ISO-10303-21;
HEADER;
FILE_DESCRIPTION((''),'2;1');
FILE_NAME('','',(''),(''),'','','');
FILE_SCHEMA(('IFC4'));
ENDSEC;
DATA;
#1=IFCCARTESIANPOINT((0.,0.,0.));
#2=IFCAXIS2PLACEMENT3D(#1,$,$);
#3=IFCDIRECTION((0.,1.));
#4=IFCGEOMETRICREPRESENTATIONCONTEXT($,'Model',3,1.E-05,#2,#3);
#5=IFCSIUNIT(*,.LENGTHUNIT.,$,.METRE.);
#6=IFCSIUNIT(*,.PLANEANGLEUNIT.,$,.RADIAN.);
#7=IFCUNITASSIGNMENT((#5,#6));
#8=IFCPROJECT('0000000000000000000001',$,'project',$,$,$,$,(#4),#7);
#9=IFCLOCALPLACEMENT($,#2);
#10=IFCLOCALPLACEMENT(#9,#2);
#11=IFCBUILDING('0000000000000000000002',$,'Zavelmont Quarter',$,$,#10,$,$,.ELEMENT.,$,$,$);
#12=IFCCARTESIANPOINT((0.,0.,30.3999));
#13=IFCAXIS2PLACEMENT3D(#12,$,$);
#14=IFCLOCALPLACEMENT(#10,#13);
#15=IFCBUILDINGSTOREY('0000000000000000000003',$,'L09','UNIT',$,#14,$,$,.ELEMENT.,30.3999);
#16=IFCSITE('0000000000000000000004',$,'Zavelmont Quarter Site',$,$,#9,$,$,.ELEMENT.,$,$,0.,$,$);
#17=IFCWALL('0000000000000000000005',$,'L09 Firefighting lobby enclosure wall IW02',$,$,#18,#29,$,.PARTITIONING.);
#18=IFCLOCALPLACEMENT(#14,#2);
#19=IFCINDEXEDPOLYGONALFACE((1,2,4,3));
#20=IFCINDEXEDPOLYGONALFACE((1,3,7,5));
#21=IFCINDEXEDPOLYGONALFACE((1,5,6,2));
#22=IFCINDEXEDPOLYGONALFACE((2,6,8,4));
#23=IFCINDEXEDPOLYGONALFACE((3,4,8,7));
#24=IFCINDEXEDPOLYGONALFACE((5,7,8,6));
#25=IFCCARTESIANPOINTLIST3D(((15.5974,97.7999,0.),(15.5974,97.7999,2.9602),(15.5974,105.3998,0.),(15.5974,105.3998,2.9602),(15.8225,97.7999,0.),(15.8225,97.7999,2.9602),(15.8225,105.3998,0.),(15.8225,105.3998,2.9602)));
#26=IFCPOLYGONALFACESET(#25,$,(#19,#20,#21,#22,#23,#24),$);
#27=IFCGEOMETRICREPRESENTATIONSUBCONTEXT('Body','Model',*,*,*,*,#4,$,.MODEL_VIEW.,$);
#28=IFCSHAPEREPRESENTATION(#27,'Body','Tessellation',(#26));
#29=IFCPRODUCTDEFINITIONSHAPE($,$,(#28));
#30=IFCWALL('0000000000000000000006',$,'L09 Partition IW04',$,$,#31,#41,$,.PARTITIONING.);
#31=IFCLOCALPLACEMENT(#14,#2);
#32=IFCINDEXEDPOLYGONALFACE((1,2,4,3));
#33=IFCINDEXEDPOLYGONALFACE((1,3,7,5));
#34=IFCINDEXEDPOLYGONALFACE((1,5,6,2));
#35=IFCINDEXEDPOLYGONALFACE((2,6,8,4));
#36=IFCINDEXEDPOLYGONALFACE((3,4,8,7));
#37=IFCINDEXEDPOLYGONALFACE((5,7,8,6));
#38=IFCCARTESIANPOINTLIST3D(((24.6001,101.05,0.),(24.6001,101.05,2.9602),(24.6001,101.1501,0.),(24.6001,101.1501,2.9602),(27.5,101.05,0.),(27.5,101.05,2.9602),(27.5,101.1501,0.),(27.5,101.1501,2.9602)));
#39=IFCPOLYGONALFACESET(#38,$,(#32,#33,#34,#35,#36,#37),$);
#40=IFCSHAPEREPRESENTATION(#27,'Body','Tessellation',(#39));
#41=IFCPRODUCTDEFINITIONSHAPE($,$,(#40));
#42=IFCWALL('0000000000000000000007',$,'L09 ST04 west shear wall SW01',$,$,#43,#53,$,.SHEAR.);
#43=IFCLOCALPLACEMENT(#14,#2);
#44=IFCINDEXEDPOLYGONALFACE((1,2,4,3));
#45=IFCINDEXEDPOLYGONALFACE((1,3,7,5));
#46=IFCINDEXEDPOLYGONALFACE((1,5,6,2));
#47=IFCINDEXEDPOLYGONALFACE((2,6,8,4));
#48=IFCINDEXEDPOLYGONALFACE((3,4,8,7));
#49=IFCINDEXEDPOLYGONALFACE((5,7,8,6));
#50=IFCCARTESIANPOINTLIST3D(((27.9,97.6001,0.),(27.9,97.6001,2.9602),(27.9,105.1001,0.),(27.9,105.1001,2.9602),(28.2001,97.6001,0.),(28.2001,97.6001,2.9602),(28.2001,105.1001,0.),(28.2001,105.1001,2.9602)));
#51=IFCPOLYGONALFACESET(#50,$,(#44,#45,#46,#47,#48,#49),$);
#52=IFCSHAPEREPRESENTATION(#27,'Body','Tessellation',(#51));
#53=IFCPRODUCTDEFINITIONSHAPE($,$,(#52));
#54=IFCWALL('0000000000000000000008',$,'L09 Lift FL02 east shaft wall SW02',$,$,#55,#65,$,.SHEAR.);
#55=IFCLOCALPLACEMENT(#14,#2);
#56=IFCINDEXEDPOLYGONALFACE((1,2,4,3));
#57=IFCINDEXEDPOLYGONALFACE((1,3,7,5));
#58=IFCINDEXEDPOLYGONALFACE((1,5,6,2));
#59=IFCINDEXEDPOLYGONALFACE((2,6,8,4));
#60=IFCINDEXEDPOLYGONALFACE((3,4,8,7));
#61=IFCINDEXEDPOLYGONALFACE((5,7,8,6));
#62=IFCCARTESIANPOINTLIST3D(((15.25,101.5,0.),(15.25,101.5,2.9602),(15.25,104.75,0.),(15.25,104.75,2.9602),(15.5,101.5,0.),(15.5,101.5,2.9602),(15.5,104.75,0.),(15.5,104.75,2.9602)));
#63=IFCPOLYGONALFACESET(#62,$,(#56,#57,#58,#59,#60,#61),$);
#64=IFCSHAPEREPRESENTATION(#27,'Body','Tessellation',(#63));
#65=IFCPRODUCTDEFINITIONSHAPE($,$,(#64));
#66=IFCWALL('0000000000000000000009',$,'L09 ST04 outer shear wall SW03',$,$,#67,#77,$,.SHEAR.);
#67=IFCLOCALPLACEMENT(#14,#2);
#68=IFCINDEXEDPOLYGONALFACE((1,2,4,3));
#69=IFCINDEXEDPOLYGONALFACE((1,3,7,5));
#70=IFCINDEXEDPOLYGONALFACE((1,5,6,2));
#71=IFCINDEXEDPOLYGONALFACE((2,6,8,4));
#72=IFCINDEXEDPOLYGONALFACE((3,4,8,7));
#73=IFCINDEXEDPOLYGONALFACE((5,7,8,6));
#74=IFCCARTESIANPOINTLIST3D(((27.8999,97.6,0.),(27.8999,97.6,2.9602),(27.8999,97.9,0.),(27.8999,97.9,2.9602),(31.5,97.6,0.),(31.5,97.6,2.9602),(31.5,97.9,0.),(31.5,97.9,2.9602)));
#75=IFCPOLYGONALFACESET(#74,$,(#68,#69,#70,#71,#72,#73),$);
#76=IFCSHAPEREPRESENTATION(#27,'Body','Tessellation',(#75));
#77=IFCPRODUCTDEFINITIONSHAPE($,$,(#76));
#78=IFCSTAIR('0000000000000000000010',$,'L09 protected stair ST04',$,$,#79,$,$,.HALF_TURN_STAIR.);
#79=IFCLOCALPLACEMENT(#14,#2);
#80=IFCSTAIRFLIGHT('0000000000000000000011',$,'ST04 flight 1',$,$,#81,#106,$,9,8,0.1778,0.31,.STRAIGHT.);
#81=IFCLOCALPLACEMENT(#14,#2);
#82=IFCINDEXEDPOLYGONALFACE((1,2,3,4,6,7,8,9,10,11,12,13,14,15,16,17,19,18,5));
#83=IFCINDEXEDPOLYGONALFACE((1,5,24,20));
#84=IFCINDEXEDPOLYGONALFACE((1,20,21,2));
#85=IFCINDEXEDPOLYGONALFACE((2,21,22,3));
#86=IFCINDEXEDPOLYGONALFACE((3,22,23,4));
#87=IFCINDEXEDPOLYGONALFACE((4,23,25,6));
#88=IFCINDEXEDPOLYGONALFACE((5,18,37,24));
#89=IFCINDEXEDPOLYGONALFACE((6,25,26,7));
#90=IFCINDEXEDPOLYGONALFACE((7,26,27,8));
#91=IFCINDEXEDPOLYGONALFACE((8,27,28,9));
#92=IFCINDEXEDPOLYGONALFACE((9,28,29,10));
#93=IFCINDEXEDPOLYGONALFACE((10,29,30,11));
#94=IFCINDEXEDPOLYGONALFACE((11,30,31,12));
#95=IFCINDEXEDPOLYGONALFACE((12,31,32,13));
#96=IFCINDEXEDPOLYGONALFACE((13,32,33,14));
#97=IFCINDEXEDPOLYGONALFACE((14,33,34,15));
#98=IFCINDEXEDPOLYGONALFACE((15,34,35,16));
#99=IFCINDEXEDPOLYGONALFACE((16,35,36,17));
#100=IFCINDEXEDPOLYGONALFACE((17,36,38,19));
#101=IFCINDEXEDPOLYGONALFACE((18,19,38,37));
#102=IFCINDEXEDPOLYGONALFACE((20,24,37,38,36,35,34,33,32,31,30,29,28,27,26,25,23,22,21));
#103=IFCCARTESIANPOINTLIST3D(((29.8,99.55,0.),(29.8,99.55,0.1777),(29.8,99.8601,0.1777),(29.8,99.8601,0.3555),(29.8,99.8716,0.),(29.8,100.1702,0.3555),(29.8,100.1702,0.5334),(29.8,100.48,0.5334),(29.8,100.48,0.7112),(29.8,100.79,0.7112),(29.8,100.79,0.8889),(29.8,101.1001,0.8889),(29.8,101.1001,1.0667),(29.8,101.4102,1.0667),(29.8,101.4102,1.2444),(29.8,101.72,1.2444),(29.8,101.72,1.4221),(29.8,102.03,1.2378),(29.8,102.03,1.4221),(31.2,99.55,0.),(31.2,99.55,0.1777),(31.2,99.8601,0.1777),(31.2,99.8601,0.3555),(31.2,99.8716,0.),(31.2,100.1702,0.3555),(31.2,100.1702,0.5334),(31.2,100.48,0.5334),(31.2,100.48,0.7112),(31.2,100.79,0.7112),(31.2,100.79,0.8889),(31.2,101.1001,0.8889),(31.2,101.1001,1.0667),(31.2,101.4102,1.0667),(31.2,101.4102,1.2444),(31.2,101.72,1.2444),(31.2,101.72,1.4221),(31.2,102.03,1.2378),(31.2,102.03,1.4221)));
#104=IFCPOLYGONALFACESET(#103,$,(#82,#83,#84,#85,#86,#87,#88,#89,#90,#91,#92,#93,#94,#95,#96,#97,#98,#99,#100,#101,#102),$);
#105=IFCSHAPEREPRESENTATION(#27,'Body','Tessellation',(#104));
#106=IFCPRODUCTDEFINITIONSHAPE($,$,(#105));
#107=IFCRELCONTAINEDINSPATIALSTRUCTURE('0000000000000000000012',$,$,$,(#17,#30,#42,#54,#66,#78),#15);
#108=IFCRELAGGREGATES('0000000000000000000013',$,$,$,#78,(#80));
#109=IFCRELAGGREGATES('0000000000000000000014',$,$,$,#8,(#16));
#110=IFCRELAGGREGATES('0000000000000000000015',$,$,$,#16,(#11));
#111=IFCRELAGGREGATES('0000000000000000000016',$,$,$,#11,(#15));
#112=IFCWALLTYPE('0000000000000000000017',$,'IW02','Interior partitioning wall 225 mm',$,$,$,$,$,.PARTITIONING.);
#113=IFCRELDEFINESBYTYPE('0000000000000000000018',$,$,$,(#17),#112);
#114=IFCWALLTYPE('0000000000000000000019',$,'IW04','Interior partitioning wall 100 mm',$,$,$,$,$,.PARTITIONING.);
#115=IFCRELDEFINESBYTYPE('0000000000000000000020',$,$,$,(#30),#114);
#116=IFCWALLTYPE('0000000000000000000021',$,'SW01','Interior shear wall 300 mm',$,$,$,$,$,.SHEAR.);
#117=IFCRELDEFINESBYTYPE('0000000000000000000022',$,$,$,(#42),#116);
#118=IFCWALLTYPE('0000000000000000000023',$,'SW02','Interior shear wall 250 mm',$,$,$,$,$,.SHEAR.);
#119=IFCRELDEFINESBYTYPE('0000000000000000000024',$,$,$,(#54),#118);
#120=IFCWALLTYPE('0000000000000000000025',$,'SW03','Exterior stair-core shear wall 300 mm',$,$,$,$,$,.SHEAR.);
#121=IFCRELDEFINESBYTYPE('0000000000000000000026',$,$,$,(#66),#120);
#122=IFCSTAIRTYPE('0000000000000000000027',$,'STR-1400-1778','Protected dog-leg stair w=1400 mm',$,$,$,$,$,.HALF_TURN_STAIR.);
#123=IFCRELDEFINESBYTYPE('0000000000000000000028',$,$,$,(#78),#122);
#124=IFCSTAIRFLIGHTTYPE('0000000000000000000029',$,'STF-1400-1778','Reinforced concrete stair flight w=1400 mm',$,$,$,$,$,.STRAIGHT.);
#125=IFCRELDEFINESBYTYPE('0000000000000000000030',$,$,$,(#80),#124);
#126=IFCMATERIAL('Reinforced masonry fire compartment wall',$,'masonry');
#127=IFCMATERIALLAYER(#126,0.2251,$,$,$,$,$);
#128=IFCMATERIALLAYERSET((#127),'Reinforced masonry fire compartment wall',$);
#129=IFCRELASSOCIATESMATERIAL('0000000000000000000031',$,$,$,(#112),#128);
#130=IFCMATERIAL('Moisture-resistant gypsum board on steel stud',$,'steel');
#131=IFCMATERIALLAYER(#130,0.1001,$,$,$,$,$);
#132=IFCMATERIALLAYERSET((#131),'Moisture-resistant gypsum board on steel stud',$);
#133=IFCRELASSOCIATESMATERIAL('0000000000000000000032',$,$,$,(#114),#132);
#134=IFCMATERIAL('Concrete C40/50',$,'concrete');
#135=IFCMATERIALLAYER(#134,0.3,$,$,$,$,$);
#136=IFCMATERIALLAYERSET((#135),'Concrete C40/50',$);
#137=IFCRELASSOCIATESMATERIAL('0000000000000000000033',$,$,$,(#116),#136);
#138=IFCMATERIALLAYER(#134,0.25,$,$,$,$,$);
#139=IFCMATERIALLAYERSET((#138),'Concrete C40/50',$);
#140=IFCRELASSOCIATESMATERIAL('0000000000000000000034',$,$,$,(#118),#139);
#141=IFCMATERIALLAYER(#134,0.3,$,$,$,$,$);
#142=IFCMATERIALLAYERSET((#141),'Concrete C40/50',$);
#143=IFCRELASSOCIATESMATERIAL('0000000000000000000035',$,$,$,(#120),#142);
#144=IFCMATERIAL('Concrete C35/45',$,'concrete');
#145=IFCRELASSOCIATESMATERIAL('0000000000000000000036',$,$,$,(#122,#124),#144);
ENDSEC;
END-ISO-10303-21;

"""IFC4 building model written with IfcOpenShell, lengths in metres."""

from ifc_helpers import new_model, si_unit, direction, frame, frame_2d, origin, place, context, subcontext, project, spatial, polyline, rectangle, outline, extrude, material, layer, layer_set, type_object, element, aggregate, save


model = new_model("IFC4")

# Units and contexts
model_context = context("Model", 3, precision=1e-05, world=origin(), true_north=direction((0.0, 1.0)))
body_context = subcontext(model_context, "Body", "Model", "MODEL_VIEW")
ifc_project = project(units=[si_unit("LENGTHUNIT", "METRE"), si_unit("PLANEANGLEUNIT", "RADIAN")], contexts=[model_context])

# Site, building, storey
site_placement = place(None, origin())
site = spatial("IfcSite", under=ifc_project, at=site_placement, Name="Zavelmont Quarter Site", CompositionType="ELEMENT", RefElevation=0.0)
building_placement = place(site_placement, origin())
building = spatial("IfcBuilding", under=site, at=building_placement, Name="Zavelmont Quarter", CompositionType="ELEMENT")
storey_placement = place(building_placement, frame((0.0, 0.0, 30.3999)))
storey = spatial("IfcBuildingStorey", under=building, at=storey_placement, Name="L09", Description="UNIT", CompositionType="ELEMENT", Elevation=30.3999)

# Shared definitions
ifc_material_1 = material(Name="Concrete C35/45", Category="concrete")

# Wall
ifc_material_2 = material(Name="Reinforced masonry fire compartment wall", Category="masonry")
ifc_layer_1 = layer(ifc_material_2, 0.2251)
ifc_layer_set_1 = layer_set([ifc_layer_1], Name="Reinforced masonry fire compartment wall")
wall_type_1 = type_object("IfcWallType", Name="IW02", Description="Interior partitioning wall 225 mm", PredefinedType="PARTITIONING", material=ifc_layer_set_1)
wall_1_placement = place(storey_placement, frame((15.71, 97.8, 0.0), z_axis=(0.0, 0.0, 1.0), x_axis=(0.0, 1.0, 0.0)))
element("IfcWall", 1, at=wall_1_placement, inside=storey, type_object=wall_type_1, Name="L09 Firefighting lobby enclosure wall IW02", PredefinedType="PARTITIONING", context=body_context, shape_type="SweptSolid", body=[
    extrude(rectangle(XDim=7.5999, YDim=0.2251, at=frame_2d((3.7998, 0.0))), origin(), (0.0, 0.0, 1.0), 2.9602),
])

# Walls
ifc_material_3 = material(Name="Moisture-resistant gypsum board on steel stud", Category="steel")
ifc_layer_2 = layer(ifc_material_3, 0.1001)
ifc_layer_set_2 = layer_set([ifc_layer_2], Name="Moisture-resistant gypsum board on steel stud")
wall_type_2 = type_object("IfcWallType", Name="IW04", Description="Interior partitioning wall 100 mm", PredefinedType="PARTITIONING", material=ifc_layer_set_2)
wall_2_placement = place(storey_placement, frame((24.6001, 101.1001, 0.0), z_axis=(0.0, 0.0, 1.0), x_axis=(1.0, 0.0, 0.0)))
element("IfcWall", 2, at=wall_2_placement, inside=storey, type_object=wall_type_2, Name="L09 Partition IW04", PredefinedType="PARTITIONING", context=body_context, shape_type="SweptSolid", body=[
    extrude(rectangle(XDim=2.8999, YDim=0.1001, at=frame_2d((1.45, 0.0))), origin(), (0.0, 0.0, 1.0), 2.9602),
])
ifc_material_4 = material(Name="Concrete C40/50", Category="concrete")
ifc_layer_3 = layer(ifc_material_4, 0.3)
ifc_layer_set_3 = layer_set([ifc_layer_3], Name="Concrete C40/50")
wall_type_3 = type_object("IfcWallType", Name="SW01", Description="Interior shear wall 300 mm", PredefinedType="SHEAR", material=ifc_layer_set_3)
wall_3_placement = place(storey_placement, frame((28.05, 97.6001, 0.0), z_axis=(0.0, 0.0, 1.0), x_axis=(0.0, 1.0, 0.0)))
element("IfcWall", 3, at=wall_3_placement, inside=storey, type_object=wall_type_3, Name="L09 ST04 west shear wall SW01", PredefinedType="SHEAR", context=body_context, shape_type="SweptSolid", body=[
    extrude(rectangle(XDim=7.5, YDim=0.3, at=frame_2d((3.75, 0.0))), origin(), (0.0, 0.0, 1.0), 2.9602),
])

# Walls
ifc_layer_4 = layer(ifc_material_4, 0.25)
ifc_layer_set_4 = layer_set([ifc_layer_4], Name="Concrete C40/50")
wall_type_4 = type_object("IfcWallType", Name="SW02", Description="Interior shear wall 250 mm", PredefinedType="SHEAR", material=ifc_layer_set_4)
wall_4_placement = place(storey_placement, frame((15.375, 101.5, 0.0), z_axis=(0.0, 0.0, 1.0), x_axis=(0.0, 1.0, 0.0)))
element("IfcWall", 4, at=wall_4_placement, inside=storey, type_object=wall_type_4, Name="L09 Lift FL02 east shaft wall SW02", PredefinedType="SHEAR", context=body_context, shape_type="SweptSolid", body=[
    extrude(rectangle(XDim=3.25, YDim=0.25, at=frame_2d((1.625, 0.0))), origin(), (0.0, 0.0, 1.0), 2.9602),
])
ifc_layer_5 = layer(ifc_material_4, 0.3)
ifc_layer_set_5 = layer_set([ifc_layer_5], Name="Concrete C40/50")
wall_type_5 = type_object("IfcWallType", Name="SW03", Description="Exterior stair-core shear wall 300 mm", PredefinedType="SHEAR", material=ifc_layer_set_5)
wall_5_placement = place(storey_placement, frame((27.8999, 97.75, 0.0), z_axis=(0.0, 0.0, 1.0), x_axis=(1.0, 0.0, 0.0)))
element("IfcWall", 5, at=wall_5_placement, inside=storey, type_object=wall_type_5, Name="L09 ST04 outer shear wall SW03", PredefinedType="SHEAR", context=body_context, shape_type="SweptSolid", body=[
    extrude(rectangle(XDim=3.6001, YDim=0.3, at=frame_2d((1.8, 0.0))), origin(), (0.0, 0.0, 1.0), 2.9602),
])

# Stair, stair flight
stair_type = type_object("IfcStairType", Name="STR-1400-1778", Description="Protected dog-leg stair w=1400 mm", PredefinedType="HALF_TURN_STAIR", material=ifc_material_1)
stair_placement = place(storey_placement, origin())
stair = element("IfcStair", 6, at=stair_placement, inside=storey, type_object=stair_type, Name="L09 protected stair ST04", PredefinedType="HALF_TURN_STAIR")
stair_flight_type = type_object("IfcStairFlightType", Name="STF-1400-1778", Description="Reinforced concrete stair flight w=1400 mm", PredefinedType="STRAIGHT", material=ifc_material_1)
stair_flight_placement = place(storey_placement, frame((30.5, 99.55, 0.0), z_axis=(0.0, 0.0, 1.0), x_axis=(0.0, 1.0, 0.0)))
stair_flight = element("IfcStairFlight", 7, at=stair_flight_placement, type_object=stair_flight_type, Name="ST04 flight 1", NumberOfRisers=9, NumberOfTreads=8, PredefinedType="STRAIGHT", RiserHeight=0.1778, TreadLength=0.31, context=body_context, shape_type="SweptSolid", body=[
    extrude(outline(polyline([(0.0, 0.0), (0.0, 0.1777), (0.3101, 0.1777), (0.3101, 0.3555), (0.6201, 0.3555), (0.6201, 0.5334), (0.9299, 0.5334), (0.9299, 0.7112), (1.24, 0.7112), (1.24, 0.8889), (1.55, 0.8889), (1.55, 1.0667), (1.8601, 1.0667), (1.8601, 1.2444), (2.1699, 1.2444), (2.1699, 1.4221), (2.48, 1.4221), (2.48, 1.6001), (2.48, 1.2378), (0.3215, 0.0), (0.0, 0.0)])), frame((0.0, 0.7, 0.0), z_axis=(0.0, -1.0, 0.0), x_axis=(1.0, 0.0, 0.0)), (0.0, 0.0, 1.0), 1.3999),
])
aggregate(stair, [stair_flight])

save(model, "model.ifc")
